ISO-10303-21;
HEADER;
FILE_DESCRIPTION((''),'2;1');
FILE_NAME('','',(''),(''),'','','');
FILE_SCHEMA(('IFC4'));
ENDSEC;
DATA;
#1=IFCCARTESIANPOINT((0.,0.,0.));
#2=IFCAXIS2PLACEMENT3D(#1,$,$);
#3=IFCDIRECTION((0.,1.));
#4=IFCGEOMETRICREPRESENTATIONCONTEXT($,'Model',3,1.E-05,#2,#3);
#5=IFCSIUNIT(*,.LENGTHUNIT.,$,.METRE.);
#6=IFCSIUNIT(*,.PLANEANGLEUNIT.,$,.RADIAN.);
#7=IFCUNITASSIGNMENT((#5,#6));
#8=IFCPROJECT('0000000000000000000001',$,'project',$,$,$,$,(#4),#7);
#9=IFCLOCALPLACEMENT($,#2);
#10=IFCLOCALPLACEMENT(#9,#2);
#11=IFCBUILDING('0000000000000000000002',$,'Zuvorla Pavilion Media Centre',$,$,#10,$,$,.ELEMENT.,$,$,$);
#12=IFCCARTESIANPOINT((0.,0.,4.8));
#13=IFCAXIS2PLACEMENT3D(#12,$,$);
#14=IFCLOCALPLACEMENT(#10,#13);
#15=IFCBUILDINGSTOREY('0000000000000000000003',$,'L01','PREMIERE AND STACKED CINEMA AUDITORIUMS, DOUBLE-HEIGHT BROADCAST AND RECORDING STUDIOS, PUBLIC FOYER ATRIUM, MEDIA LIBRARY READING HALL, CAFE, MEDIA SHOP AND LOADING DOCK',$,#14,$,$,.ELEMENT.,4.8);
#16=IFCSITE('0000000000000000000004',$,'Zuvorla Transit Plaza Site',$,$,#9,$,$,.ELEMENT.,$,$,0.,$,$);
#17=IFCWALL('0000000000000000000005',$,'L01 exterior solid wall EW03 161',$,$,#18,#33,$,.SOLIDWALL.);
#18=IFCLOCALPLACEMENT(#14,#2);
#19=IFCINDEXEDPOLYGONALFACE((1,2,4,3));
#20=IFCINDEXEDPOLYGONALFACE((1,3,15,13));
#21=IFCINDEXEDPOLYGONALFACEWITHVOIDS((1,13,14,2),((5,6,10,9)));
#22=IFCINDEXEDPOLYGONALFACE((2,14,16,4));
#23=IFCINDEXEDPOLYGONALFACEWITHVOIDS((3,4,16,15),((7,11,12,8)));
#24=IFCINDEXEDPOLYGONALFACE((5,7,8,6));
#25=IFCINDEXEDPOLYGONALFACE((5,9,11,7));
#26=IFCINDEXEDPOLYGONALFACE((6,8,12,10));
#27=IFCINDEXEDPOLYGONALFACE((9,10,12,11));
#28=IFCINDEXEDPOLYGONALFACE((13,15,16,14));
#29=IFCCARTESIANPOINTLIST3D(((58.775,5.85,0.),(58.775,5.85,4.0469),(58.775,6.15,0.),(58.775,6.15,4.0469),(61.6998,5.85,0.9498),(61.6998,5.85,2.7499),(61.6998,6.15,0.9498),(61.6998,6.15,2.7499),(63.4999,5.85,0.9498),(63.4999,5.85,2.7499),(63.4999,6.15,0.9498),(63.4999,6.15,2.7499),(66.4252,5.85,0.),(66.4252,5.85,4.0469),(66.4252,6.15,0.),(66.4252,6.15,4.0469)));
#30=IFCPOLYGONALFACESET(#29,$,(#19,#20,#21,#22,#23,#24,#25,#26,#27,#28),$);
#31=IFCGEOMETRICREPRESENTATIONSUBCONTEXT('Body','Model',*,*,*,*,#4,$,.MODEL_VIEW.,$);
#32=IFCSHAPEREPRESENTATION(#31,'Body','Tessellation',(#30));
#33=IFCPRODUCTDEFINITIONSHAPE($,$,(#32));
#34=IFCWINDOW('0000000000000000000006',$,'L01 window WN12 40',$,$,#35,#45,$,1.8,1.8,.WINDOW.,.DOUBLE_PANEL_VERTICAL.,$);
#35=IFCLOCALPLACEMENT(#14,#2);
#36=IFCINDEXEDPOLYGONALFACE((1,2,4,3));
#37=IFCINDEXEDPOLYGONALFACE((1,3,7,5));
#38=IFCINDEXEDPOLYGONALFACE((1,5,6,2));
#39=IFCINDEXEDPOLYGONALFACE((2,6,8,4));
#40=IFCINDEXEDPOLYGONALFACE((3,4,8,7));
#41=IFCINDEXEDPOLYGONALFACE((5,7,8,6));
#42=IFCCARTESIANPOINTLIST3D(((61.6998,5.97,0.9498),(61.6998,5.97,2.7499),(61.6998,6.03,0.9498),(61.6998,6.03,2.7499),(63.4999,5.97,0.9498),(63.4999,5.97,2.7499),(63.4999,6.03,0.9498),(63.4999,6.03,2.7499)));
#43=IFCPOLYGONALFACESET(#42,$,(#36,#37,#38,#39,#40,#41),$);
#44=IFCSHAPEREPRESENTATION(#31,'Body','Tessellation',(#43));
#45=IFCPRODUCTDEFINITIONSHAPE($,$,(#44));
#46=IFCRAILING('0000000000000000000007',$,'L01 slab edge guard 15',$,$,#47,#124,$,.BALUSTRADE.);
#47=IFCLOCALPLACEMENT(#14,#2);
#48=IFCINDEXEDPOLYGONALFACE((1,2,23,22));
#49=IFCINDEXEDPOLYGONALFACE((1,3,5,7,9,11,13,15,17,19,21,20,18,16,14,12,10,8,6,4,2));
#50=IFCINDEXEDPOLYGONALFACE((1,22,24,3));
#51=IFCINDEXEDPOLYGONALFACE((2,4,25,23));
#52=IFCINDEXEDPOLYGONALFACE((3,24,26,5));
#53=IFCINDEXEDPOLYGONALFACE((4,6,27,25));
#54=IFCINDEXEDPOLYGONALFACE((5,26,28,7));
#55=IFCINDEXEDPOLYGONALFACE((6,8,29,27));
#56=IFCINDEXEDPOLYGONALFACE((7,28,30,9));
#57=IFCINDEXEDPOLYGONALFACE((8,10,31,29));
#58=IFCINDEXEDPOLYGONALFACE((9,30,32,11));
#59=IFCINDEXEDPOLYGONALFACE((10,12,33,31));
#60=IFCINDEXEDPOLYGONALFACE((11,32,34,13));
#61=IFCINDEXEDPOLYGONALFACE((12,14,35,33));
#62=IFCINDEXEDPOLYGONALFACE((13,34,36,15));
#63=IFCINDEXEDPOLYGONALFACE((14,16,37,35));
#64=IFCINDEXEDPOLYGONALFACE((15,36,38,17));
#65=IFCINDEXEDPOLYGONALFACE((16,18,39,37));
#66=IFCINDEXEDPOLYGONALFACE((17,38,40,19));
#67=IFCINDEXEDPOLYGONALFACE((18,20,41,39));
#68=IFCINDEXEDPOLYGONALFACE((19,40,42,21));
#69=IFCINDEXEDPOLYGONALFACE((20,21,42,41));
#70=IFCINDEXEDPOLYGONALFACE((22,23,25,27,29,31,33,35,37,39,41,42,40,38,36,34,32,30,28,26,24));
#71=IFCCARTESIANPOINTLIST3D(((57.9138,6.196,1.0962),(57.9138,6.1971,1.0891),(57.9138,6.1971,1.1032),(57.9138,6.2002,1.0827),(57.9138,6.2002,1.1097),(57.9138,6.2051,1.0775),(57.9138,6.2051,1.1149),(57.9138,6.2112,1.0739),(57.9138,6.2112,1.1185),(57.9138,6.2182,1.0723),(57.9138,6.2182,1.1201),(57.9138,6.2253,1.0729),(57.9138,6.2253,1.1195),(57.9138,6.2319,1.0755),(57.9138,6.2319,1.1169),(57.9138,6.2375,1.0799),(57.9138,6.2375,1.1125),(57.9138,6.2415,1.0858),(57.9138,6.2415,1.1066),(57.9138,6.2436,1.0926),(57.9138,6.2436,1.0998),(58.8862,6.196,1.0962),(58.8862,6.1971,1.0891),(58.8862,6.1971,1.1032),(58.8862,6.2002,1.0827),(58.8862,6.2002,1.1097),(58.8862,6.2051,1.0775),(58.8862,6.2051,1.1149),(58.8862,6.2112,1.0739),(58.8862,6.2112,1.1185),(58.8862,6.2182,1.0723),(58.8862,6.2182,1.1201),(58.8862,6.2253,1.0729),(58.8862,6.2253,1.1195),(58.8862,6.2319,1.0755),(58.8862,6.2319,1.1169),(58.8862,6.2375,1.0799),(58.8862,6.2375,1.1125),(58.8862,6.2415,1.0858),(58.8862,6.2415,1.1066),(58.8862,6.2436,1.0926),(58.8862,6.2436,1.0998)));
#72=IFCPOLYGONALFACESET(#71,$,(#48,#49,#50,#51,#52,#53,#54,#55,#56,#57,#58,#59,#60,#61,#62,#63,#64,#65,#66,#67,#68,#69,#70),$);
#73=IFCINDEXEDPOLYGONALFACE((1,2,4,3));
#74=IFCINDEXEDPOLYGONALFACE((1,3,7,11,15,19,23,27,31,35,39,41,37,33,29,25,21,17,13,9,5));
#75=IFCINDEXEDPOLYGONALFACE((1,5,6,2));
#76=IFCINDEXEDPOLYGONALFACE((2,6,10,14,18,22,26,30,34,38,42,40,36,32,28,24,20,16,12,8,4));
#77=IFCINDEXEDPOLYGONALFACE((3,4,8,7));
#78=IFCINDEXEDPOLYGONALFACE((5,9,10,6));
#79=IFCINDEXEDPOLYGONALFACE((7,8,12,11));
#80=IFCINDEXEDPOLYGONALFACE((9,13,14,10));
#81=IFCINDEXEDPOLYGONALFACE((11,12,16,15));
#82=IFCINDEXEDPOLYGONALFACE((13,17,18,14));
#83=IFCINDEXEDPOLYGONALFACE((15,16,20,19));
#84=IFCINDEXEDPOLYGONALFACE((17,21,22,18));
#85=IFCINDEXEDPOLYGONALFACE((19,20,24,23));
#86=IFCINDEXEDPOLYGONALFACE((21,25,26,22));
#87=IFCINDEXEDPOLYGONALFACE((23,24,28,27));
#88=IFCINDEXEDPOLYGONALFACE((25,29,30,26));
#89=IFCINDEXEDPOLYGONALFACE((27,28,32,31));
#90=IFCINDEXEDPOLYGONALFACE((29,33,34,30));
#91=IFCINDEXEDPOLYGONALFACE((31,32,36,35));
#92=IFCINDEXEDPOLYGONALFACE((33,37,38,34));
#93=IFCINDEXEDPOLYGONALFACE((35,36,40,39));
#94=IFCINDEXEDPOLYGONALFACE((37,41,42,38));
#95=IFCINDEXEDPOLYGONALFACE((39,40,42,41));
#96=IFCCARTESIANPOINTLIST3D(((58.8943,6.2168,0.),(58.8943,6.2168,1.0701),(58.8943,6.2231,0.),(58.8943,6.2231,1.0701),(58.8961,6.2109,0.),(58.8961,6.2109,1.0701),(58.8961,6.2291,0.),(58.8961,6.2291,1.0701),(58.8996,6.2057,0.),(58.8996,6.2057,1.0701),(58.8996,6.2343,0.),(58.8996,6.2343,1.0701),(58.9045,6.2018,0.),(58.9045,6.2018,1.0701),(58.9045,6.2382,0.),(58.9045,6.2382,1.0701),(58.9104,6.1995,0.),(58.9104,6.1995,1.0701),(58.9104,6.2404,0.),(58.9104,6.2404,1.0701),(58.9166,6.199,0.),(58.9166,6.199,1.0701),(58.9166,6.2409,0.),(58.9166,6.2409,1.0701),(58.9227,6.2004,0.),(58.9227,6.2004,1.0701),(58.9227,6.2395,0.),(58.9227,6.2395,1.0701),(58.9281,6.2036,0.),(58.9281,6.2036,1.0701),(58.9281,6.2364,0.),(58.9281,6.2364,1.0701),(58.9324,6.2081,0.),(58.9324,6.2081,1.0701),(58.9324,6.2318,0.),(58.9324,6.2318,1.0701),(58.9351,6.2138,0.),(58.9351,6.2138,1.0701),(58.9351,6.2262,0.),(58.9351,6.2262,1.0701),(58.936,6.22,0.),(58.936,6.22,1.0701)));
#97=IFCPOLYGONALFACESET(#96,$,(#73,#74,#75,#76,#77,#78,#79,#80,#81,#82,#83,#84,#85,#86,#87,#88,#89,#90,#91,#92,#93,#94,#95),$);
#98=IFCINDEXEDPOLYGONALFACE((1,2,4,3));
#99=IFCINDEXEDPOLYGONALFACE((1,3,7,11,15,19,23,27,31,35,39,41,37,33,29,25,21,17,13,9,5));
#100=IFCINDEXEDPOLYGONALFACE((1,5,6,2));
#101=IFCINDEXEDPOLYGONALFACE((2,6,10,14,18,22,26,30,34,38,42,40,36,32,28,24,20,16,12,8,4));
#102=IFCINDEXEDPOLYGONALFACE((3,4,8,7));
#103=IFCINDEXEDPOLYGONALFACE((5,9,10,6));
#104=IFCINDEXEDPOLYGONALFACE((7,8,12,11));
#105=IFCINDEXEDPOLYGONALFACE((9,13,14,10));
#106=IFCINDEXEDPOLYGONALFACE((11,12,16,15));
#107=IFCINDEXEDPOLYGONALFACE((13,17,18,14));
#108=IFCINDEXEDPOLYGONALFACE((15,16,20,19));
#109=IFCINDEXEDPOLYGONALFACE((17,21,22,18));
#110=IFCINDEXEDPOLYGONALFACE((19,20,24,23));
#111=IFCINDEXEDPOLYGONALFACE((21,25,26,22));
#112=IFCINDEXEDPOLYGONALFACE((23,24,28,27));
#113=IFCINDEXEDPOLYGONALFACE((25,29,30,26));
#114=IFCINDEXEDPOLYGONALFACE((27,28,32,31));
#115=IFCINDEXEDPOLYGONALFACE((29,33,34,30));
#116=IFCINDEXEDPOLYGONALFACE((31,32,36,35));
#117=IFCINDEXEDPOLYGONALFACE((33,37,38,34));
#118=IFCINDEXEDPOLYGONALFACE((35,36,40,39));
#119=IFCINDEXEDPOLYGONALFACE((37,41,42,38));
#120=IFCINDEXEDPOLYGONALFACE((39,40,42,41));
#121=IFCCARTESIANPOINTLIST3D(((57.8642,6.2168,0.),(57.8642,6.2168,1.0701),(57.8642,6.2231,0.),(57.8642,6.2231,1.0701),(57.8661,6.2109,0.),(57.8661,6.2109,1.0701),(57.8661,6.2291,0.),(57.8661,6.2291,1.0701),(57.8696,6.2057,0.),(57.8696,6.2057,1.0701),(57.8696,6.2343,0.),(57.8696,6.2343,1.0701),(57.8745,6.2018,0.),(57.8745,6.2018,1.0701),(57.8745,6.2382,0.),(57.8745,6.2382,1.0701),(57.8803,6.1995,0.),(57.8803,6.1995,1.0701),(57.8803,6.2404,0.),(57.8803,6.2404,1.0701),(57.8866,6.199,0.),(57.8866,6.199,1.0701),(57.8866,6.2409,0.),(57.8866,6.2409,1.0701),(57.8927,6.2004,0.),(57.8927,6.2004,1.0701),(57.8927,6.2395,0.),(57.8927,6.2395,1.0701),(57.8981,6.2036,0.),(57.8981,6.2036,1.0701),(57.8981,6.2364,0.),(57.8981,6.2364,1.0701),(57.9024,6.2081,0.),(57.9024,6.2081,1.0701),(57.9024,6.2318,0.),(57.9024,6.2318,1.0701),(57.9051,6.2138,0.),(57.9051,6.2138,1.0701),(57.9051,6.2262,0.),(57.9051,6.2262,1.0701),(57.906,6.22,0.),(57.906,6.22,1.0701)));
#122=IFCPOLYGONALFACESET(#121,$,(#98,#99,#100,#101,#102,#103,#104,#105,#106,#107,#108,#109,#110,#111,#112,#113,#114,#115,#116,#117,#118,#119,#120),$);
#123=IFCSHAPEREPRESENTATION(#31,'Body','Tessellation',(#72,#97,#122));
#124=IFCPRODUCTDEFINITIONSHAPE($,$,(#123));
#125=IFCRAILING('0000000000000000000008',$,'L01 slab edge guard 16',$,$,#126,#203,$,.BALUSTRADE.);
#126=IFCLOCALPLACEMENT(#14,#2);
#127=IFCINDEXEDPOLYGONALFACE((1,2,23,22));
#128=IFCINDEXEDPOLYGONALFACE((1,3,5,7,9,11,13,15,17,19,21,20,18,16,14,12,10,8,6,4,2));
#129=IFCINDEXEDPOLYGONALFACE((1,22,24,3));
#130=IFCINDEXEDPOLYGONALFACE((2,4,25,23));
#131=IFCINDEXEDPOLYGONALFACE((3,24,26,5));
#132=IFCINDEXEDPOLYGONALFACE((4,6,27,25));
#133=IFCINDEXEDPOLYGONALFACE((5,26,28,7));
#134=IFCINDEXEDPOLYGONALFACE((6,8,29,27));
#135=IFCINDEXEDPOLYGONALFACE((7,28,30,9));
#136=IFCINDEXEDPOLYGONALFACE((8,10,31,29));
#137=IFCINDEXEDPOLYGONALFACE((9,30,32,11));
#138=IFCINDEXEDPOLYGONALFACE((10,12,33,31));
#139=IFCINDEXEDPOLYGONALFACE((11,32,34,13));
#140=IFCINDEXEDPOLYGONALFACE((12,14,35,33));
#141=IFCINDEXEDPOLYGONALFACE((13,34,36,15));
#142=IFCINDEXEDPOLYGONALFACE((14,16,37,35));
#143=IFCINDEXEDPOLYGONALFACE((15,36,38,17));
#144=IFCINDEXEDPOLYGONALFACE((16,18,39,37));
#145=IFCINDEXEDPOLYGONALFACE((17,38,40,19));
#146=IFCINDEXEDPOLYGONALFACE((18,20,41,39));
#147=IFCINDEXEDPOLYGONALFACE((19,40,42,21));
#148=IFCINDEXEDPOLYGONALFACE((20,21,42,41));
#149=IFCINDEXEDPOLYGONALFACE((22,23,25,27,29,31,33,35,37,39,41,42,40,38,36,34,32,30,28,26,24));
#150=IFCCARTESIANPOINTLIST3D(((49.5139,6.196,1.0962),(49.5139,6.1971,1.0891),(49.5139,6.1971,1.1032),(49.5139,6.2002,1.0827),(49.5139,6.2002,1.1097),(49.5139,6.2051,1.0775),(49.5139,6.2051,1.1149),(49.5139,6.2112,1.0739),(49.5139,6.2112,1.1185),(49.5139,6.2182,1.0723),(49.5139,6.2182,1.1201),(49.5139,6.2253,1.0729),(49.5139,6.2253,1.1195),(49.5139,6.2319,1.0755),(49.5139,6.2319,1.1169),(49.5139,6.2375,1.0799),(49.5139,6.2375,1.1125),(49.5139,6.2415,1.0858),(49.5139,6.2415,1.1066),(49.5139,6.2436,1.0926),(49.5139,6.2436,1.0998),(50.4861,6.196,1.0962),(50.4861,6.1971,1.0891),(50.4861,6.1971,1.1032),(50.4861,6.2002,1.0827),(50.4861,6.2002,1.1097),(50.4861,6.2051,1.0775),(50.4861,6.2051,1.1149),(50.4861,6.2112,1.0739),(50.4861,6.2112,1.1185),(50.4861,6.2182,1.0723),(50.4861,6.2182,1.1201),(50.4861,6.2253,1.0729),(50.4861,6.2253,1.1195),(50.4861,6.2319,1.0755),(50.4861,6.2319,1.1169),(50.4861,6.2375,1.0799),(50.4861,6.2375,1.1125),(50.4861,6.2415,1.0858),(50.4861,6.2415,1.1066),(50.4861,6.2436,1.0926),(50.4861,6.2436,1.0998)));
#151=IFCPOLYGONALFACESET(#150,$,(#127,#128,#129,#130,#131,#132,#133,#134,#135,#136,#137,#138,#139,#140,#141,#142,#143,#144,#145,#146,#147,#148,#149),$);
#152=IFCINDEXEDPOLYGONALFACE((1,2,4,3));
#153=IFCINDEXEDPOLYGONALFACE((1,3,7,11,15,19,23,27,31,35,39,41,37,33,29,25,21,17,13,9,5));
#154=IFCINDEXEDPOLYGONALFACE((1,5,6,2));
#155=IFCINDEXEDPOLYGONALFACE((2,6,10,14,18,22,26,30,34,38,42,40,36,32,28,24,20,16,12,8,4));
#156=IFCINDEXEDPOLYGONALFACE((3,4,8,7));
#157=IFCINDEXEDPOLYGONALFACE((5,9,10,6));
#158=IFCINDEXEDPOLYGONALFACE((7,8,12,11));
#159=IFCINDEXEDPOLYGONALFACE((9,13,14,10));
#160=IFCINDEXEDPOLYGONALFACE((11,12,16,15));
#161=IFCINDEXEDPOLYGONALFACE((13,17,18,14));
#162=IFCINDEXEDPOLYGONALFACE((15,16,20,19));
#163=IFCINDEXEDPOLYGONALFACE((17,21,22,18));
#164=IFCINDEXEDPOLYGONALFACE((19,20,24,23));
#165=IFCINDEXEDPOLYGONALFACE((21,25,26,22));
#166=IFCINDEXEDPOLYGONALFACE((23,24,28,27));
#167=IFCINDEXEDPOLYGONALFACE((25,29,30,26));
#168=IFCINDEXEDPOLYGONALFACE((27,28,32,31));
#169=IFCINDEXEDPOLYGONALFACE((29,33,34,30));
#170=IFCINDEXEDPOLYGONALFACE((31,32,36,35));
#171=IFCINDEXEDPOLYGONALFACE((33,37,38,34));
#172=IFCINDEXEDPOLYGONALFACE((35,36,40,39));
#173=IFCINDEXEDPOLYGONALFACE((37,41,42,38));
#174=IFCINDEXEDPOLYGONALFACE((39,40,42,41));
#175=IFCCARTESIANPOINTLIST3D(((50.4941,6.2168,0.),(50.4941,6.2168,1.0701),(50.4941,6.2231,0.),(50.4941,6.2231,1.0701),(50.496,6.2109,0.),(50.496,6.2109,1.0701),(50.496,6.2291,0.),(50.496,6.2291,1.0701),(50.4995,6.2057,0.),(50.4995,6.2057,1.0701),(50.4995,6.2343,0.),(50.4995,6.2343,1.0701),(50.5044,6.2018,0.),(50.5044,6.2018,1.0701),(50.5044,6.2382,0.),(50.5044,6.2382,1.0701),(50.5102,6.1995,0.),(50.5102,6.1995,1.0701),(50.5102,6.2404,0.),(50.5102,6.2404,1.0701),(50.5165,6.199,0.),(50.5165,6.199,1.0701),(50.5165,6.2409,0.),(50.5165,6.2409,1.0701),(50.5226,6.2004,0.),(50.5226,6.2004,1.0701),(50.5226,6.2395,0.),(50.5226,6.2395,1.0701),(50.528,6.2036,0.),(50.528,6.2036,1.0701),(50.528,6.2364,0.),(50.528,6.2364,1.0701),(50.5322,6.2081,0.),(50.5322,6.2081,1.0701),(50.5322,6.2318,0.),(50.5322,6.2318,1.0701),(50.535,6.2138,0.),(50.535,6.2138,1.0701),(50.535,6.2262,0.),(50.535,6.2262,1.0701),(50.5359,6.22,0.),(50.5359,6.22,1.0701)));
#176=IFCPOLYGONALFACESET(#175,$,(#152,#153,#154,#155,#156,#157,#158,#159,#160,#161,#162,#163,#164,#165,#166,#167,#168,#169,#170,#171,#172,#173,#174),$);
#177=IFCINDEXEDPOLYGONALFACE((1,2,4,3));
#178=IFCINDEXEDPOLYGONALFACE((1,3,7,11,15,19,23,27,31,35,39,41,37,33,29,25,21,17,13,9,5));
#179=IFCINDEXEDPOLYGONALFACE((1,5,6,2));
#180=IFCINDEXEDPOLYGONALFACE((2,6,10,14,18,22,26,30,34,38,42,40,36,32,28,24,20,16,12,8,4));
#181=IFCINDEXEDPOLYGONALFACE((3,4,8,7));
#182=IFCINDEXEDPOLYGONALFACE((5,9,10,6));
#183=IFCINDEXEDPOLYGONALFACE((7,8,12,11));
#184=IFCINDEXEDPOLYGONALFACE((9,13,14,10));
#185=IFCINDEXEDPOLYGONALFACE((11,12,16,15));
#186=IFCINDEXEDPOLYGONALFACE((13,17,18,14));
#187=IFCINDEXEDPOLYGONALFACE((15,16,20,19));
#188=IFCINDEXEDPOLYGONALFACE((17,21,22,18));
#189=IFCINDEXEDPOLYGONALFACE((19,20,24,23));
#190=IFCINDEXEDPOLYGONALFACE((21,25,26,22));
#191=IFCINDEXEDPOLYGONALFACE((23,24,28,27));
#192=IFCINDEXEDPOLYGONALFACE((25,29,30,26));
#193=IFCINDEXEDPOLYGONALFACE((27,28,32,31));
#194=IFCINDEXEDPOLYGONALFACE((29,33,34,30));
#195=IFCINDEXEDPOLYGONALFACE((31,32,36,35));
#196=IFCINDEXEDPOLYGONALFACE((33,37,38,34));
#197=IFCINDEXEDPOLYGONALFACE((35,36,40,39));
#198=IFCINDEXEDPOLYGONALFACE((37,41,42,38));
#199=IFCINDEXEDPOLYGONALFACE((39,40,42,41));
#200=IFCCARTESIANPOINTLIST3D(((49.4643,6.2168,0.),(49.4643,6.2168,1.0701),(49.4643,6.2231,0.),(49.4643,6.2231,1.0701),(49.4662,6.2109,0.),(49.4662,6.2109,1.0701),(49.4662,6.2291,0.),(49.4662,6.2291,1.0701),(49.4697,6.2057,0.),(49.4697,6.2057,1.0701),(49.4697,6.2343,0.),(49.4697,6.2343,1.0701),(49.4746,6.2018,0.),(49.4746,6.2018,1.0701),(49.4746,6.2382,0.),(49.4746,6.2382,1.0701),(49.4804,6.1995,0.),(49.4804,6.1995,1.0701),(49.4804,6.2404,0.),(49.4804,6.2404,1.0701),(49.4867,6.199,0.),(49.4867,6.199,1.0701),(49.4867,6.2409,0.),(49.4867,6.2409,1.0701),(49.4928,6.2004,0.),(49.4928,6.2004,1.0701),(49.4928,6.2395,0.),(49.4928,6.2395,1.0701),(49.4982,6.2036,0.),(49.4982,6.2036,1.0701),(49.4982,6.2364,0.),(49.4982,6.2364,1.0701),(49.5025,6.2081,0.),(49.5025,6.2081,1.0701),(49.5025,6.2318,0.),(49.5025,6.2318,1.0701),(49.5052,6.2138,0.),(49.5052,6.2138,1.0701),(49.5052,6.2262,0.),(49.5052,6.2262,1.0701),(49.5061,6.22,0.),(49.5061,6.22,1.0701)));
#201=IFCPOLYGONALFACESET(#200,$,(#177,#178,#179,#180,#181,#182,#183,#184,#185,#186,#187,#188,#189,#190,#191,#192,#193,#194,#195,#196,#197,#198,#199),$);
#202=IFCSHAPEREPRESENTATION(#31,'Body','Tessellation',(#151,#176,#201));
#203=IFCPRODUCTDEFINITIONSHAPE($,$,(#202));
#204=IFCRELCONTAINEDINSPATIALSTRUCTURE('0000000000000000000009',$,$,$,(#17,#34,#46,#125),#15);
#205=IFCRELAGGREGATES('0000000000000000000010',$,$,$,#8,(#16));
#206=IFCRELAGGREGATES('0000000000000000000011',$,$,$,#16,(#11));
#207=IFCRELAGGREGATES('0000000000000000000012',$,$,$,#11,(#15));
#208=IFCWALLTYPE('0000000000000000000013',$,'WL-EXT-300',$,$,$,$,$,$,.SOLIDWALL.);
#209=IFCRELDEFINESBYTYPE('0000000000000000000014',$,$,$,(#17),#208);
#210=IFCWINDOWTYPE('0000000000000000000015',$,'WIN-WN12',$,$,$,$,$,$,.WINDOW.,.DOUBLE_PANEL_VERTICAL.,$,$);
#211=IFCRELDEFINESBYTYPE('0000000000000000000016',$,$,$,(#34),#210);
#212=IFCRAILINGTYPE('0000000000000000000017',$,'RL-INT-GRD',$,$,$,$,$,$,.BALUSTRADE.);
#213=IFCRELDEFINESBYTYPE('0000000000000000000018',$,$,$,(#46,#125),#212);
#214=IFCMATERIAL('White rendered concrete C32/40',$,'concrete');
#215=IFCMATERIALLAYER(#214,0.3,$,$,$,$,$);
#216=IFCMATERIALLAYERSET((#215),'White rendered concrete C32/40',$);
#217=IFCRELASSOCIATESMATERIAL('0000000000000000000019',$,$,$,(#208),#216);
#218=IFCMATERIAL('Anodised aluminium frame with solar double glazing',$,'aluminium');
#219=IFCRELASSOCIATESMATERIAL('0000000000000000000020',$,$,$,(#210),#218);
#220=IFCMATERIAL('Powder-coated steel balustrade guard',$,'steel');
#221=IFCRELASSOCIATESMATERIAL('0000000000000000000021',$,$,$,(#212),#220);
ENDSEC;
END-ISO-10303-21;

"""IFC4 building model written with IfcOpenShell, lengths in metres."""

from ifc_helpers import new_model, si_unit, direction, frame, frame_2d, origin, origin_2d, place, context, subcontext, project, spatial, rectangle, circle, extrude, material, layer, layer_set, type_object, element, fill, save


model = new_model("IFC4")

# Units and contexts
model_context = context("Model", 3, precision=1e-05, world=origin(), true_north=direction((0.0, 1.0)))
body_context = subcontext(model_context, "Body", "Model", "MODEL_VIEW")
ifc_project = project(units=[si_unit("LENGTHUNIT", "METRE"), si_unit("PLANEANGLEUNIT", "RADIAN")], contexts=[model_context])

# Site, building, storey
site_placement = place(None, origin())
site = spatial("IfcSite", under=ifc_project, at=site_placement, Name="Zuvorla Transit Plaza Site", CompositionType="ELEMENT", RefElevation=0.0)
building_placement = place(site_placement, origin())
building = spatial("IfcBuilding", under=site, at=building_placement, Name="Zuvorla Pavilion Media Centre", CompositionType="ELEMENT")
storey_placement = place(building_placement, frame((0.0, 0.0, 4.8)))
storey = spatial("IfcBuildingStorey", under=building, at=storey_placement, Name="L01", Description="PREMIERE AND STACKED CINEMA AUDITORIUMS, DOUBLE-HEIGHT BROADCAST AND RECORDING STUDIOS, PUBLIC FOYER ATRIUM, MEDIA LIBRARY READING HALL, CAFE, MEDIA SHOP AND LOADING DOCK", CompositionType="ELEMENT", Elevation=4.8)

# Wall, opening, window
ifc_material_1 = material(Name="White rendered concrete C32/40", Category="concrete")
ifc_layer_1 = layer(ifc_material_1, 0.3)
ifc_layer_set_1 = layer_set([ifc_layer_1], Name="White rendered concrete C32/40")
wall_type = type_object("IfcWallType", Name="WL-EXT-300", PredefinedType="SOLIDWALL", material=ifc_layer_set_1)
ifc_material_2 = material(Name="Anodised aluminium frame with solar double glazing", Category="aluminium")
wall_1_placement = place(storey_placement, frame((58.7749, 6.0, 0.0), z_axis=(0.0, 0.0, 1.0), x_axis=(1.0, 0.0, 0.0)))
wall_1 = element("IfcWall", 1, at=wall_1_placement, inside=storey, type_object=wall_type, Name="L01 exterior solid wall EW03 161", PredefinedType="SOLIDWALL", context=body_context, shape_type="SweptSolid", body=[
    extrude(rectangle(XDim=7.6501, YDim=0.3, at=frame_2d((3.8252, 0.0))), origin(), (0.0, 0.0, 1.0), 4.0469),
])
opening_1_placement = place(wall_1_placement, frame((2.925, 0.0, 0.95)))
opening_1 = element("IfcOpeningElement", 2, at=opening_1_placement, cuts=wall_1, PredefinedType="OPENING", context=body_context, shape_type="SweptSolid", body=[
    extrude(rectangle(XDim=1.8, YDim=1.8, at=frame_2d((0.8999, 0.8999))), frame((0.0, 0.1599, 0.0), z_axis=(0.0, -1.0, 0.0), x_axis=(1.0, 0.0, 0.0)), (0.0, 0.0, 1.0), 0.3201),
])
window_type_1 = type_object("IfcWindowType", Name="WIN-WN12", PartitioningType="DOUBLE_PANEL_VERTICAL", PredefinedType="WINDOW", material=ifc_material_2)
window_1_placement = place(opening_1_placement, origin())
window_1 = element("IfcWindow", 3, at=window_1_placement, inside=storey, type_object=window_type_1, Name="L01 window WN12 40", OverallHeight=1.8, OverallWidth=1.8, PartitioningType="DOUBLE_PANEL_VERTICAL", PredefinedType="WINDOW", context=body_context, shape_type="SweptSolid", body=[
    extrude(rectangle(XDim=1.8, YDim=1.8, at=frame_2d((0.8999, 0.8999))), frame((0.0, 0.03, 0.0), z_axis=(0.0, -1.0, 0.0), x_axis=(1.0, 0.0, 0.0)), (0.0, 0.0, 1.0), 0.0601),
])
fill(opening_1, window_1)

# Railings
ifc_material_3 = material(Name="Powder-coated steel balustrade guard", Category="steel")
railing_type = type_object("IfcRailingType", Name="RL-INT-GRD", PredefinedType="BALUSTRADE", material=ifc_material_3)
railing_1_placement = place(storey_placement, frame((58.915, 6.22, 0.0)))
element("IfcRailing", 4, at=railing_1_placement, inside=storey, type_object=railing_type, Name="L01 slab edge guard 15", PredefinedType="BALUSTRADE", context=body_context, shape_type="SweptSolid", body=[
    extrude(circle(Radius=0.0239, at=origin_2d()), frame((-0.0288, 0.0, 1.0962), z_axis=(-1.0, 0.0, 0.0), x_axis=(0.0, -1.0, 0.0)), (0.0, 0.0, 1.0), 0.9724),
    extrude(circle(Radius=0.021, at=origin_2d()), origin(), (0.0, 0.0, 1.0), 1.0701),
    extrude(circle(Radius=0.021, at=origin_2d()), frame((-1.03, 0.0, 0.0)), (0.0, 0.0, 1.0), 1.0701),
])
railing_2_placement = place(storey_placement, frame((50.5149, 6.22, 0.0)))
element("IfcRailing", 5, at=railing_2_placement, inside=storey, type_object=railing_type, Name="L01 slab edge guard 16", PredefinedType="BALUSTRADE", context=body_context, shape_type="SweptSolid", body=[
    extrude(circle(Radius=0.0239, at=origin_2d()), frame((-0.0288, 0.0, 1.0962), z_axis=(-1.0, 0.0, 0.0), x_axis=(0.0, -1.0, 0.0)), (0.0, 0.0, 1.0), 0.9722),
    extrude(circle(Radius=0.021, at=origin_2d()), origin(), (0.0, 0.0, 1.0), 1.0701),
    extrude(circle(Radius=0.021, at=origin_2d()), frame((-1.0298, 0.0, 0.0)), (0.0, 0.0, 1.0), 1.0701),
])

save(model, "model.ifc")
